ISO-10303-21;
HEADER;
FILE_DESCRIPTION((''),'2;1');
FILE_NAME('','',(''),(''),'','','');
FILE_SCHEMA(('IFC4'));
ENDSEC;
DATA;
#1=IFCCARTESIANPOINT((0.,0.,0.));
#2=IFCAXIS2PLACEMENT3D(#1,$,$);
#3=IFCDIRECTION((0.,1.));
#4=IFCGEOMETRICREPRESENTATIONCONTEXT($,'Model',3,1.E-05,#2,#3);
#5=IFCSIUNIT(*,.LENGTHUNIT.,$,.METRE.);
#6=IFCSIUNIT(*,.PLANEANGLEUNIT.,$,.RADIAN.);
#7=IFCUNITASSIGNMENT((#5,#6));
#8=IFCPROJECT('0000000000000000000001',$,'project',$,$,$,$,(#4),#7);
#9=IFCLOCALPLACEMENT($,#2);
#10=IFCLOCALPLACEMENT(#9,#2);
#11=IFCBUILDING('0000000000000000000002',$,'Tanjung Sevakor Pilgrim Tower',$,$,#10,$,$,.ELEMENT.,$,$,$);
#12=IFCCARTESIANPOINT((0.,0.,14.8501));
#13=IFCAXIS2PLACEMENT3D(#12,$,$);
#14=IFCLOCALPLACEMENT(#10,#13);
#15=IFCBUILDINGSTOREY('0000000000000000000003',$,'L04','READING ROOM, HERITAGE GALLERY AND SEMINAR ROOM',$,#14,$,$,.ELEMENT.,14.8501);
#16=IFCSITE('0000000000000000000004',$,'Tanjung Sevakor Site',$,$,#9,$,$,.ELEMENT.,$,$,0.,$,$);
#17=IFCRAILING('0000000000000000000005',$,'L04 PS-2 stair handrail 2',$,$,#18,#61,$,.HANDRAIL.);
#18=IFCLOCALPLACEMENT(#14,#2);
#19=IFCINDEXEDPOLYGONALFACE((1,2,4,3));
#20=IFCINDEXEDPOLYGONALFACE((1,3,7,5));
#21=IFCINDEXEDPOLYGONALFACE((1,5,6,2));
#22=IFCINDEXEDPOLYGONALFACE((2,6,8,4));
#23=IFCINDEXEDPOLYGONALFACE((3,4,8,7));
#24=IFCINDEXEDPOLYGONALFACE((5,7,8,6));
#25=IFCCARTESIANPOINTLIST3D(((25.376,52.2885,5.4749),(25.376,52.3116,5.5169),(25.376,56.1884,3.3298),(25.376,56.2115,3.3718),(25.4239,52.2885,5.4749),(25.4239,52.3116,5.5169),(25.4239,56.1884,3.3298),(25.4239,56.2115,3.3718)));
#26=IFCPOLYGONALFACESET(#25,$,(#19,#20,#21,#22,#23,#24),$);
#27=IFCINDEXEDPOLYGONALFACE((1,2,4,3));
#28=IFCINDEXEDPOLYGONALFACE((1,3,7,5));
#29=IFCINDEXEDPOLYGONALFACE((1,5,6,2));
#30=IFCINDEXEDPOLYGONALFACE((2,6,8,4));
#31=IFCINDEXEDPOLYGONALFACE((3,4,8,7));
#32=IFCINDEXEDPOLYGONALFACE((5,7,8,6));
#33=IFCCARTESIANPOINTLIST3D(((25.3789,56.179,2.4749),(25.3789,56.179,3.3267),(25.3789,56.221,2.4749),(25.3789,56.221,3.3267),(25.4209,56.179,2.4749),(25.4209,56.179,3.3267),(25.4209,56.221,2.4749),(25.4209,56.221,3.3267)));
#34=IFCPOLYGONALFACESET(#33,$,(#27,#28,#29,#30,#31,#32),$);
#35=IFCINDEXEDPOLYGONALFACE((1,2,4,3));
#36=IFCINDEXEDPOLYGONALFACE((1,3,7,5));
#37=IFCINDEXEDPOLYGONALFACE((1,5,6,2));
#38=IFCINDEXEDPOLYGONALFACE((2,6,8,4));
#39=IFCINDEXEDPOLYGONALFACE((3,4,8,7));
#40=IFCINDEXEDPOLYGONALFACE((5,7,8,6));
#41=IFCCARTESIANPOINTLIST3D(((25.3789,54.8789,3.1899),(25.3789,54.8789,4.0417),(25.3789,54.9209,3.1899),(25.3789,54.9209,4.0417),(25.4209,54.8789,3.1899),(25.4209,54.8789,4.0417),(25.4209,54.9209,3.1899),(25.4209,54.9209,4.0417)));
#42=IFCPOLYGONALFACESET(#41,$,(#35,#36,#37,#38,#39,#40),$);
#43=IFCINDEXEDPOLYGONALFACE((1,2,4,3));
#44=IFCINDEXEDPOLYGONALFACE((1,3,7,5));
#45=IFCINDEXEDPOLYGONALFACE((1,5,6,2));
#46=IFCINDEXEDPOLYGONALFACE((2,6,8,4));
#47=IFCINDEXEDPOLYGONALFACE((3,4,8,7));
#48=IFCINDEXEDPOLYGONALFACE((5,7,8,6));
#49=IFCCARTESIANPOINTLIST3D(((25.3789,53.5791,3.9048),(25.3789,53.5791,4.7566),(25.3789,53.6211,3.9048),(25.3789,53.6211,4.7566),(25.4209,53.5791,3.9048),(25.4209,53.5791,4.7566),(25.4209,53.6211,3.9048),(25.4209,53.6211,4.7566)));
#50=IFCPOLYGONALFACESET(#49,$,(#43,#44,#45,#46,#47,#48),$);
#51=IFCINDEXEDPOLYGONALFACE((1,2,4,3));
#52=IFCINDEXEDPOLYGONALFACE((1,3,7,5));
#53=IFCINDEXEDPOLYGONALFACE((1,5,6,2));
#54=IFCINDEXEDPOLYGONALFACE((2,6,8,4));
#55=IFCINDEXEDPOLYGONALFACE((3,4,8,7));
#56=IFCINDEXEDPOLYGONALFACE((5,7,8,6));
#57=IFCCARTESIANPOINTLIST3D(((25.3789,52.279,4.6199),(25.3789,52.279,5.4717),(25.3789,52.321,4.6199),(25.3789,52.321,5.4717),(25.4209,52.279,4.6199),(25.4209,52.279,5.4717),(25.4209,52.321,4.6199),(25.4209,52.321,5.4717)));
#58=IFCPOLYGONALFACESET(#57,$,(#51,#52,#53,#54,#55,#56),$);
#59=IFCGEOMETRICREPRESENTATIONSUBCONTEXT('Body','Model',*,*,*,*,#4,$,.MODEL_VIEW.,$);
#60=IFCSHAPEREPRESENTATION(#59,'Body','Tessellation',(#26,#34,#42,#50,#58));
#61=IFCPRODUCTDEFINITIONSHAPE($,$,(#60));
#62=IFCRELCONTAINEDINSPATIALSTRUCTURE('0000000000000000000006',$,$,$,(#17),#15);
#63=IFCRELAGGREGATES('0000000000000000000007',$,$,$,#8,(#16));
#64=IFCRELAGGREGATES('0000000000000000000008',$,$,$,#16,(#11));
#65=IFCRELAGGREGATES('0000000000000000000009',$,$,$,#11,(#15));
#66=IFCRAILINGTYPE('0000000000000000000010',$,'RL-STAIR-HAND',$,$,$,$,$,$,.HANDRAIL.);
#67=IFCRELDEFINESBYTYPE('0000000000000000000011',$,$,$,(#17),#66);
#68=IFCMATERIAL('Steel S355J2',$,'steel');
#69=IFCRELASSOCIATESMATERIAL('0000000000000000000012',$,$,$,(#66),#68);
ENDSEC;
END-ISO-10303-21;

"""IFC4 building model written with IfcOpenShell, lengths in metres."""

from ifc_helpers import new_model, si_unit, direction, frame, origin, place, context, subcontext, project, spatial, rectangle, extrude, material, type_object, element, save


model = new_model("IFC4")

# Units and contexts
model_context = context("Model", 3, precision=1e-05, world=origin(), true_north=direction((0.0, 1.0)))
body_context = subcontext(model_context, "Body", "Model", "MODEL_VIEW")
ifc_project = project(units=[si_unit("LENGTHUNIT", "METRE"), si_unit("PLANEANGLEUNIT", "RADIAN")], contexts=[model_context])

# Site, building, storey
site_placement = place(None, origin())
site = spatial("IfcSite", under=ifc_project, at=site_placement, Name="Tanjung Sevakor Site", CompositionType="ELEMENT", RefElevation=0.0)
building_placement = place(site_placement, origin())
building = spatial("IfcBuilding", under=site, at=building_placement, Name="Tanjung Sevakor Pilgrim Tower", CompositionType="ELEMENT")
storey_placement = place(building_placement, frame((0.0, 0.0, 14.8501)))
storey = spatial("IfcBuildingStorey", under=building, at=storey_placement, Name="L04", Description="READING ROOM, HERITAGE GALLERY AND SEMINAR ROOM", CompositionType="ELEMENT", Elevation=14.8501)

# Railing
ifc_material_1 = material(Name="Steel S355J2", Category="steel")
railing_type_1 = type_object("IfcRailingType", Name="RL-STAIR-HAND", PredefinedType="HANDRAIL", material=ifc_material_1)
railing_1_placement = place(storey_placement, frame((25.3999, 56.2, 2.4749)))
element("IfcRailing", 1, at=railing_1_placement, inside=storey, type_object=railing_type_1, Name="L04 PS-2 stair handrail 2", PredefinedType="HANDRAIL", context=body_context, shape_type="SweptSolid", body=[
    extrude(rectangle(XDim=0.0479, YDim=0.0479), frame((0.0, 0.0, 0.876), z_axis=(0.0, -0.876209, 0.481931), x_axis=(1.0, 0.0, 0.0)), (0.0, 0.0, 1.0), 4.4509),
    extrude(rectangle(XDim=0.042, YDim=0.042), origin(), (0.0, 0.0, 1.0), 0.8518),
    extrude(rectangle(XDim=0.042, YDim=0.042), frame((0.0, -1.3, 0.7151)), (0.0, 0.0, 1.0), 0.8518),
    extrude(rectangle(XDim=0.042, YDim=0.042), frame((0.0, -2.5999, 1.4299)), (0.0, 0.0, 1.0), 0.8518),
    extrude(rectangle(XDim=0.042, YDim=0.042), frame((0.0, -3.8999, 2.145)), (0.0, 0.0, 1.0), 0.8518),
])

save(model, "model.ifc")
